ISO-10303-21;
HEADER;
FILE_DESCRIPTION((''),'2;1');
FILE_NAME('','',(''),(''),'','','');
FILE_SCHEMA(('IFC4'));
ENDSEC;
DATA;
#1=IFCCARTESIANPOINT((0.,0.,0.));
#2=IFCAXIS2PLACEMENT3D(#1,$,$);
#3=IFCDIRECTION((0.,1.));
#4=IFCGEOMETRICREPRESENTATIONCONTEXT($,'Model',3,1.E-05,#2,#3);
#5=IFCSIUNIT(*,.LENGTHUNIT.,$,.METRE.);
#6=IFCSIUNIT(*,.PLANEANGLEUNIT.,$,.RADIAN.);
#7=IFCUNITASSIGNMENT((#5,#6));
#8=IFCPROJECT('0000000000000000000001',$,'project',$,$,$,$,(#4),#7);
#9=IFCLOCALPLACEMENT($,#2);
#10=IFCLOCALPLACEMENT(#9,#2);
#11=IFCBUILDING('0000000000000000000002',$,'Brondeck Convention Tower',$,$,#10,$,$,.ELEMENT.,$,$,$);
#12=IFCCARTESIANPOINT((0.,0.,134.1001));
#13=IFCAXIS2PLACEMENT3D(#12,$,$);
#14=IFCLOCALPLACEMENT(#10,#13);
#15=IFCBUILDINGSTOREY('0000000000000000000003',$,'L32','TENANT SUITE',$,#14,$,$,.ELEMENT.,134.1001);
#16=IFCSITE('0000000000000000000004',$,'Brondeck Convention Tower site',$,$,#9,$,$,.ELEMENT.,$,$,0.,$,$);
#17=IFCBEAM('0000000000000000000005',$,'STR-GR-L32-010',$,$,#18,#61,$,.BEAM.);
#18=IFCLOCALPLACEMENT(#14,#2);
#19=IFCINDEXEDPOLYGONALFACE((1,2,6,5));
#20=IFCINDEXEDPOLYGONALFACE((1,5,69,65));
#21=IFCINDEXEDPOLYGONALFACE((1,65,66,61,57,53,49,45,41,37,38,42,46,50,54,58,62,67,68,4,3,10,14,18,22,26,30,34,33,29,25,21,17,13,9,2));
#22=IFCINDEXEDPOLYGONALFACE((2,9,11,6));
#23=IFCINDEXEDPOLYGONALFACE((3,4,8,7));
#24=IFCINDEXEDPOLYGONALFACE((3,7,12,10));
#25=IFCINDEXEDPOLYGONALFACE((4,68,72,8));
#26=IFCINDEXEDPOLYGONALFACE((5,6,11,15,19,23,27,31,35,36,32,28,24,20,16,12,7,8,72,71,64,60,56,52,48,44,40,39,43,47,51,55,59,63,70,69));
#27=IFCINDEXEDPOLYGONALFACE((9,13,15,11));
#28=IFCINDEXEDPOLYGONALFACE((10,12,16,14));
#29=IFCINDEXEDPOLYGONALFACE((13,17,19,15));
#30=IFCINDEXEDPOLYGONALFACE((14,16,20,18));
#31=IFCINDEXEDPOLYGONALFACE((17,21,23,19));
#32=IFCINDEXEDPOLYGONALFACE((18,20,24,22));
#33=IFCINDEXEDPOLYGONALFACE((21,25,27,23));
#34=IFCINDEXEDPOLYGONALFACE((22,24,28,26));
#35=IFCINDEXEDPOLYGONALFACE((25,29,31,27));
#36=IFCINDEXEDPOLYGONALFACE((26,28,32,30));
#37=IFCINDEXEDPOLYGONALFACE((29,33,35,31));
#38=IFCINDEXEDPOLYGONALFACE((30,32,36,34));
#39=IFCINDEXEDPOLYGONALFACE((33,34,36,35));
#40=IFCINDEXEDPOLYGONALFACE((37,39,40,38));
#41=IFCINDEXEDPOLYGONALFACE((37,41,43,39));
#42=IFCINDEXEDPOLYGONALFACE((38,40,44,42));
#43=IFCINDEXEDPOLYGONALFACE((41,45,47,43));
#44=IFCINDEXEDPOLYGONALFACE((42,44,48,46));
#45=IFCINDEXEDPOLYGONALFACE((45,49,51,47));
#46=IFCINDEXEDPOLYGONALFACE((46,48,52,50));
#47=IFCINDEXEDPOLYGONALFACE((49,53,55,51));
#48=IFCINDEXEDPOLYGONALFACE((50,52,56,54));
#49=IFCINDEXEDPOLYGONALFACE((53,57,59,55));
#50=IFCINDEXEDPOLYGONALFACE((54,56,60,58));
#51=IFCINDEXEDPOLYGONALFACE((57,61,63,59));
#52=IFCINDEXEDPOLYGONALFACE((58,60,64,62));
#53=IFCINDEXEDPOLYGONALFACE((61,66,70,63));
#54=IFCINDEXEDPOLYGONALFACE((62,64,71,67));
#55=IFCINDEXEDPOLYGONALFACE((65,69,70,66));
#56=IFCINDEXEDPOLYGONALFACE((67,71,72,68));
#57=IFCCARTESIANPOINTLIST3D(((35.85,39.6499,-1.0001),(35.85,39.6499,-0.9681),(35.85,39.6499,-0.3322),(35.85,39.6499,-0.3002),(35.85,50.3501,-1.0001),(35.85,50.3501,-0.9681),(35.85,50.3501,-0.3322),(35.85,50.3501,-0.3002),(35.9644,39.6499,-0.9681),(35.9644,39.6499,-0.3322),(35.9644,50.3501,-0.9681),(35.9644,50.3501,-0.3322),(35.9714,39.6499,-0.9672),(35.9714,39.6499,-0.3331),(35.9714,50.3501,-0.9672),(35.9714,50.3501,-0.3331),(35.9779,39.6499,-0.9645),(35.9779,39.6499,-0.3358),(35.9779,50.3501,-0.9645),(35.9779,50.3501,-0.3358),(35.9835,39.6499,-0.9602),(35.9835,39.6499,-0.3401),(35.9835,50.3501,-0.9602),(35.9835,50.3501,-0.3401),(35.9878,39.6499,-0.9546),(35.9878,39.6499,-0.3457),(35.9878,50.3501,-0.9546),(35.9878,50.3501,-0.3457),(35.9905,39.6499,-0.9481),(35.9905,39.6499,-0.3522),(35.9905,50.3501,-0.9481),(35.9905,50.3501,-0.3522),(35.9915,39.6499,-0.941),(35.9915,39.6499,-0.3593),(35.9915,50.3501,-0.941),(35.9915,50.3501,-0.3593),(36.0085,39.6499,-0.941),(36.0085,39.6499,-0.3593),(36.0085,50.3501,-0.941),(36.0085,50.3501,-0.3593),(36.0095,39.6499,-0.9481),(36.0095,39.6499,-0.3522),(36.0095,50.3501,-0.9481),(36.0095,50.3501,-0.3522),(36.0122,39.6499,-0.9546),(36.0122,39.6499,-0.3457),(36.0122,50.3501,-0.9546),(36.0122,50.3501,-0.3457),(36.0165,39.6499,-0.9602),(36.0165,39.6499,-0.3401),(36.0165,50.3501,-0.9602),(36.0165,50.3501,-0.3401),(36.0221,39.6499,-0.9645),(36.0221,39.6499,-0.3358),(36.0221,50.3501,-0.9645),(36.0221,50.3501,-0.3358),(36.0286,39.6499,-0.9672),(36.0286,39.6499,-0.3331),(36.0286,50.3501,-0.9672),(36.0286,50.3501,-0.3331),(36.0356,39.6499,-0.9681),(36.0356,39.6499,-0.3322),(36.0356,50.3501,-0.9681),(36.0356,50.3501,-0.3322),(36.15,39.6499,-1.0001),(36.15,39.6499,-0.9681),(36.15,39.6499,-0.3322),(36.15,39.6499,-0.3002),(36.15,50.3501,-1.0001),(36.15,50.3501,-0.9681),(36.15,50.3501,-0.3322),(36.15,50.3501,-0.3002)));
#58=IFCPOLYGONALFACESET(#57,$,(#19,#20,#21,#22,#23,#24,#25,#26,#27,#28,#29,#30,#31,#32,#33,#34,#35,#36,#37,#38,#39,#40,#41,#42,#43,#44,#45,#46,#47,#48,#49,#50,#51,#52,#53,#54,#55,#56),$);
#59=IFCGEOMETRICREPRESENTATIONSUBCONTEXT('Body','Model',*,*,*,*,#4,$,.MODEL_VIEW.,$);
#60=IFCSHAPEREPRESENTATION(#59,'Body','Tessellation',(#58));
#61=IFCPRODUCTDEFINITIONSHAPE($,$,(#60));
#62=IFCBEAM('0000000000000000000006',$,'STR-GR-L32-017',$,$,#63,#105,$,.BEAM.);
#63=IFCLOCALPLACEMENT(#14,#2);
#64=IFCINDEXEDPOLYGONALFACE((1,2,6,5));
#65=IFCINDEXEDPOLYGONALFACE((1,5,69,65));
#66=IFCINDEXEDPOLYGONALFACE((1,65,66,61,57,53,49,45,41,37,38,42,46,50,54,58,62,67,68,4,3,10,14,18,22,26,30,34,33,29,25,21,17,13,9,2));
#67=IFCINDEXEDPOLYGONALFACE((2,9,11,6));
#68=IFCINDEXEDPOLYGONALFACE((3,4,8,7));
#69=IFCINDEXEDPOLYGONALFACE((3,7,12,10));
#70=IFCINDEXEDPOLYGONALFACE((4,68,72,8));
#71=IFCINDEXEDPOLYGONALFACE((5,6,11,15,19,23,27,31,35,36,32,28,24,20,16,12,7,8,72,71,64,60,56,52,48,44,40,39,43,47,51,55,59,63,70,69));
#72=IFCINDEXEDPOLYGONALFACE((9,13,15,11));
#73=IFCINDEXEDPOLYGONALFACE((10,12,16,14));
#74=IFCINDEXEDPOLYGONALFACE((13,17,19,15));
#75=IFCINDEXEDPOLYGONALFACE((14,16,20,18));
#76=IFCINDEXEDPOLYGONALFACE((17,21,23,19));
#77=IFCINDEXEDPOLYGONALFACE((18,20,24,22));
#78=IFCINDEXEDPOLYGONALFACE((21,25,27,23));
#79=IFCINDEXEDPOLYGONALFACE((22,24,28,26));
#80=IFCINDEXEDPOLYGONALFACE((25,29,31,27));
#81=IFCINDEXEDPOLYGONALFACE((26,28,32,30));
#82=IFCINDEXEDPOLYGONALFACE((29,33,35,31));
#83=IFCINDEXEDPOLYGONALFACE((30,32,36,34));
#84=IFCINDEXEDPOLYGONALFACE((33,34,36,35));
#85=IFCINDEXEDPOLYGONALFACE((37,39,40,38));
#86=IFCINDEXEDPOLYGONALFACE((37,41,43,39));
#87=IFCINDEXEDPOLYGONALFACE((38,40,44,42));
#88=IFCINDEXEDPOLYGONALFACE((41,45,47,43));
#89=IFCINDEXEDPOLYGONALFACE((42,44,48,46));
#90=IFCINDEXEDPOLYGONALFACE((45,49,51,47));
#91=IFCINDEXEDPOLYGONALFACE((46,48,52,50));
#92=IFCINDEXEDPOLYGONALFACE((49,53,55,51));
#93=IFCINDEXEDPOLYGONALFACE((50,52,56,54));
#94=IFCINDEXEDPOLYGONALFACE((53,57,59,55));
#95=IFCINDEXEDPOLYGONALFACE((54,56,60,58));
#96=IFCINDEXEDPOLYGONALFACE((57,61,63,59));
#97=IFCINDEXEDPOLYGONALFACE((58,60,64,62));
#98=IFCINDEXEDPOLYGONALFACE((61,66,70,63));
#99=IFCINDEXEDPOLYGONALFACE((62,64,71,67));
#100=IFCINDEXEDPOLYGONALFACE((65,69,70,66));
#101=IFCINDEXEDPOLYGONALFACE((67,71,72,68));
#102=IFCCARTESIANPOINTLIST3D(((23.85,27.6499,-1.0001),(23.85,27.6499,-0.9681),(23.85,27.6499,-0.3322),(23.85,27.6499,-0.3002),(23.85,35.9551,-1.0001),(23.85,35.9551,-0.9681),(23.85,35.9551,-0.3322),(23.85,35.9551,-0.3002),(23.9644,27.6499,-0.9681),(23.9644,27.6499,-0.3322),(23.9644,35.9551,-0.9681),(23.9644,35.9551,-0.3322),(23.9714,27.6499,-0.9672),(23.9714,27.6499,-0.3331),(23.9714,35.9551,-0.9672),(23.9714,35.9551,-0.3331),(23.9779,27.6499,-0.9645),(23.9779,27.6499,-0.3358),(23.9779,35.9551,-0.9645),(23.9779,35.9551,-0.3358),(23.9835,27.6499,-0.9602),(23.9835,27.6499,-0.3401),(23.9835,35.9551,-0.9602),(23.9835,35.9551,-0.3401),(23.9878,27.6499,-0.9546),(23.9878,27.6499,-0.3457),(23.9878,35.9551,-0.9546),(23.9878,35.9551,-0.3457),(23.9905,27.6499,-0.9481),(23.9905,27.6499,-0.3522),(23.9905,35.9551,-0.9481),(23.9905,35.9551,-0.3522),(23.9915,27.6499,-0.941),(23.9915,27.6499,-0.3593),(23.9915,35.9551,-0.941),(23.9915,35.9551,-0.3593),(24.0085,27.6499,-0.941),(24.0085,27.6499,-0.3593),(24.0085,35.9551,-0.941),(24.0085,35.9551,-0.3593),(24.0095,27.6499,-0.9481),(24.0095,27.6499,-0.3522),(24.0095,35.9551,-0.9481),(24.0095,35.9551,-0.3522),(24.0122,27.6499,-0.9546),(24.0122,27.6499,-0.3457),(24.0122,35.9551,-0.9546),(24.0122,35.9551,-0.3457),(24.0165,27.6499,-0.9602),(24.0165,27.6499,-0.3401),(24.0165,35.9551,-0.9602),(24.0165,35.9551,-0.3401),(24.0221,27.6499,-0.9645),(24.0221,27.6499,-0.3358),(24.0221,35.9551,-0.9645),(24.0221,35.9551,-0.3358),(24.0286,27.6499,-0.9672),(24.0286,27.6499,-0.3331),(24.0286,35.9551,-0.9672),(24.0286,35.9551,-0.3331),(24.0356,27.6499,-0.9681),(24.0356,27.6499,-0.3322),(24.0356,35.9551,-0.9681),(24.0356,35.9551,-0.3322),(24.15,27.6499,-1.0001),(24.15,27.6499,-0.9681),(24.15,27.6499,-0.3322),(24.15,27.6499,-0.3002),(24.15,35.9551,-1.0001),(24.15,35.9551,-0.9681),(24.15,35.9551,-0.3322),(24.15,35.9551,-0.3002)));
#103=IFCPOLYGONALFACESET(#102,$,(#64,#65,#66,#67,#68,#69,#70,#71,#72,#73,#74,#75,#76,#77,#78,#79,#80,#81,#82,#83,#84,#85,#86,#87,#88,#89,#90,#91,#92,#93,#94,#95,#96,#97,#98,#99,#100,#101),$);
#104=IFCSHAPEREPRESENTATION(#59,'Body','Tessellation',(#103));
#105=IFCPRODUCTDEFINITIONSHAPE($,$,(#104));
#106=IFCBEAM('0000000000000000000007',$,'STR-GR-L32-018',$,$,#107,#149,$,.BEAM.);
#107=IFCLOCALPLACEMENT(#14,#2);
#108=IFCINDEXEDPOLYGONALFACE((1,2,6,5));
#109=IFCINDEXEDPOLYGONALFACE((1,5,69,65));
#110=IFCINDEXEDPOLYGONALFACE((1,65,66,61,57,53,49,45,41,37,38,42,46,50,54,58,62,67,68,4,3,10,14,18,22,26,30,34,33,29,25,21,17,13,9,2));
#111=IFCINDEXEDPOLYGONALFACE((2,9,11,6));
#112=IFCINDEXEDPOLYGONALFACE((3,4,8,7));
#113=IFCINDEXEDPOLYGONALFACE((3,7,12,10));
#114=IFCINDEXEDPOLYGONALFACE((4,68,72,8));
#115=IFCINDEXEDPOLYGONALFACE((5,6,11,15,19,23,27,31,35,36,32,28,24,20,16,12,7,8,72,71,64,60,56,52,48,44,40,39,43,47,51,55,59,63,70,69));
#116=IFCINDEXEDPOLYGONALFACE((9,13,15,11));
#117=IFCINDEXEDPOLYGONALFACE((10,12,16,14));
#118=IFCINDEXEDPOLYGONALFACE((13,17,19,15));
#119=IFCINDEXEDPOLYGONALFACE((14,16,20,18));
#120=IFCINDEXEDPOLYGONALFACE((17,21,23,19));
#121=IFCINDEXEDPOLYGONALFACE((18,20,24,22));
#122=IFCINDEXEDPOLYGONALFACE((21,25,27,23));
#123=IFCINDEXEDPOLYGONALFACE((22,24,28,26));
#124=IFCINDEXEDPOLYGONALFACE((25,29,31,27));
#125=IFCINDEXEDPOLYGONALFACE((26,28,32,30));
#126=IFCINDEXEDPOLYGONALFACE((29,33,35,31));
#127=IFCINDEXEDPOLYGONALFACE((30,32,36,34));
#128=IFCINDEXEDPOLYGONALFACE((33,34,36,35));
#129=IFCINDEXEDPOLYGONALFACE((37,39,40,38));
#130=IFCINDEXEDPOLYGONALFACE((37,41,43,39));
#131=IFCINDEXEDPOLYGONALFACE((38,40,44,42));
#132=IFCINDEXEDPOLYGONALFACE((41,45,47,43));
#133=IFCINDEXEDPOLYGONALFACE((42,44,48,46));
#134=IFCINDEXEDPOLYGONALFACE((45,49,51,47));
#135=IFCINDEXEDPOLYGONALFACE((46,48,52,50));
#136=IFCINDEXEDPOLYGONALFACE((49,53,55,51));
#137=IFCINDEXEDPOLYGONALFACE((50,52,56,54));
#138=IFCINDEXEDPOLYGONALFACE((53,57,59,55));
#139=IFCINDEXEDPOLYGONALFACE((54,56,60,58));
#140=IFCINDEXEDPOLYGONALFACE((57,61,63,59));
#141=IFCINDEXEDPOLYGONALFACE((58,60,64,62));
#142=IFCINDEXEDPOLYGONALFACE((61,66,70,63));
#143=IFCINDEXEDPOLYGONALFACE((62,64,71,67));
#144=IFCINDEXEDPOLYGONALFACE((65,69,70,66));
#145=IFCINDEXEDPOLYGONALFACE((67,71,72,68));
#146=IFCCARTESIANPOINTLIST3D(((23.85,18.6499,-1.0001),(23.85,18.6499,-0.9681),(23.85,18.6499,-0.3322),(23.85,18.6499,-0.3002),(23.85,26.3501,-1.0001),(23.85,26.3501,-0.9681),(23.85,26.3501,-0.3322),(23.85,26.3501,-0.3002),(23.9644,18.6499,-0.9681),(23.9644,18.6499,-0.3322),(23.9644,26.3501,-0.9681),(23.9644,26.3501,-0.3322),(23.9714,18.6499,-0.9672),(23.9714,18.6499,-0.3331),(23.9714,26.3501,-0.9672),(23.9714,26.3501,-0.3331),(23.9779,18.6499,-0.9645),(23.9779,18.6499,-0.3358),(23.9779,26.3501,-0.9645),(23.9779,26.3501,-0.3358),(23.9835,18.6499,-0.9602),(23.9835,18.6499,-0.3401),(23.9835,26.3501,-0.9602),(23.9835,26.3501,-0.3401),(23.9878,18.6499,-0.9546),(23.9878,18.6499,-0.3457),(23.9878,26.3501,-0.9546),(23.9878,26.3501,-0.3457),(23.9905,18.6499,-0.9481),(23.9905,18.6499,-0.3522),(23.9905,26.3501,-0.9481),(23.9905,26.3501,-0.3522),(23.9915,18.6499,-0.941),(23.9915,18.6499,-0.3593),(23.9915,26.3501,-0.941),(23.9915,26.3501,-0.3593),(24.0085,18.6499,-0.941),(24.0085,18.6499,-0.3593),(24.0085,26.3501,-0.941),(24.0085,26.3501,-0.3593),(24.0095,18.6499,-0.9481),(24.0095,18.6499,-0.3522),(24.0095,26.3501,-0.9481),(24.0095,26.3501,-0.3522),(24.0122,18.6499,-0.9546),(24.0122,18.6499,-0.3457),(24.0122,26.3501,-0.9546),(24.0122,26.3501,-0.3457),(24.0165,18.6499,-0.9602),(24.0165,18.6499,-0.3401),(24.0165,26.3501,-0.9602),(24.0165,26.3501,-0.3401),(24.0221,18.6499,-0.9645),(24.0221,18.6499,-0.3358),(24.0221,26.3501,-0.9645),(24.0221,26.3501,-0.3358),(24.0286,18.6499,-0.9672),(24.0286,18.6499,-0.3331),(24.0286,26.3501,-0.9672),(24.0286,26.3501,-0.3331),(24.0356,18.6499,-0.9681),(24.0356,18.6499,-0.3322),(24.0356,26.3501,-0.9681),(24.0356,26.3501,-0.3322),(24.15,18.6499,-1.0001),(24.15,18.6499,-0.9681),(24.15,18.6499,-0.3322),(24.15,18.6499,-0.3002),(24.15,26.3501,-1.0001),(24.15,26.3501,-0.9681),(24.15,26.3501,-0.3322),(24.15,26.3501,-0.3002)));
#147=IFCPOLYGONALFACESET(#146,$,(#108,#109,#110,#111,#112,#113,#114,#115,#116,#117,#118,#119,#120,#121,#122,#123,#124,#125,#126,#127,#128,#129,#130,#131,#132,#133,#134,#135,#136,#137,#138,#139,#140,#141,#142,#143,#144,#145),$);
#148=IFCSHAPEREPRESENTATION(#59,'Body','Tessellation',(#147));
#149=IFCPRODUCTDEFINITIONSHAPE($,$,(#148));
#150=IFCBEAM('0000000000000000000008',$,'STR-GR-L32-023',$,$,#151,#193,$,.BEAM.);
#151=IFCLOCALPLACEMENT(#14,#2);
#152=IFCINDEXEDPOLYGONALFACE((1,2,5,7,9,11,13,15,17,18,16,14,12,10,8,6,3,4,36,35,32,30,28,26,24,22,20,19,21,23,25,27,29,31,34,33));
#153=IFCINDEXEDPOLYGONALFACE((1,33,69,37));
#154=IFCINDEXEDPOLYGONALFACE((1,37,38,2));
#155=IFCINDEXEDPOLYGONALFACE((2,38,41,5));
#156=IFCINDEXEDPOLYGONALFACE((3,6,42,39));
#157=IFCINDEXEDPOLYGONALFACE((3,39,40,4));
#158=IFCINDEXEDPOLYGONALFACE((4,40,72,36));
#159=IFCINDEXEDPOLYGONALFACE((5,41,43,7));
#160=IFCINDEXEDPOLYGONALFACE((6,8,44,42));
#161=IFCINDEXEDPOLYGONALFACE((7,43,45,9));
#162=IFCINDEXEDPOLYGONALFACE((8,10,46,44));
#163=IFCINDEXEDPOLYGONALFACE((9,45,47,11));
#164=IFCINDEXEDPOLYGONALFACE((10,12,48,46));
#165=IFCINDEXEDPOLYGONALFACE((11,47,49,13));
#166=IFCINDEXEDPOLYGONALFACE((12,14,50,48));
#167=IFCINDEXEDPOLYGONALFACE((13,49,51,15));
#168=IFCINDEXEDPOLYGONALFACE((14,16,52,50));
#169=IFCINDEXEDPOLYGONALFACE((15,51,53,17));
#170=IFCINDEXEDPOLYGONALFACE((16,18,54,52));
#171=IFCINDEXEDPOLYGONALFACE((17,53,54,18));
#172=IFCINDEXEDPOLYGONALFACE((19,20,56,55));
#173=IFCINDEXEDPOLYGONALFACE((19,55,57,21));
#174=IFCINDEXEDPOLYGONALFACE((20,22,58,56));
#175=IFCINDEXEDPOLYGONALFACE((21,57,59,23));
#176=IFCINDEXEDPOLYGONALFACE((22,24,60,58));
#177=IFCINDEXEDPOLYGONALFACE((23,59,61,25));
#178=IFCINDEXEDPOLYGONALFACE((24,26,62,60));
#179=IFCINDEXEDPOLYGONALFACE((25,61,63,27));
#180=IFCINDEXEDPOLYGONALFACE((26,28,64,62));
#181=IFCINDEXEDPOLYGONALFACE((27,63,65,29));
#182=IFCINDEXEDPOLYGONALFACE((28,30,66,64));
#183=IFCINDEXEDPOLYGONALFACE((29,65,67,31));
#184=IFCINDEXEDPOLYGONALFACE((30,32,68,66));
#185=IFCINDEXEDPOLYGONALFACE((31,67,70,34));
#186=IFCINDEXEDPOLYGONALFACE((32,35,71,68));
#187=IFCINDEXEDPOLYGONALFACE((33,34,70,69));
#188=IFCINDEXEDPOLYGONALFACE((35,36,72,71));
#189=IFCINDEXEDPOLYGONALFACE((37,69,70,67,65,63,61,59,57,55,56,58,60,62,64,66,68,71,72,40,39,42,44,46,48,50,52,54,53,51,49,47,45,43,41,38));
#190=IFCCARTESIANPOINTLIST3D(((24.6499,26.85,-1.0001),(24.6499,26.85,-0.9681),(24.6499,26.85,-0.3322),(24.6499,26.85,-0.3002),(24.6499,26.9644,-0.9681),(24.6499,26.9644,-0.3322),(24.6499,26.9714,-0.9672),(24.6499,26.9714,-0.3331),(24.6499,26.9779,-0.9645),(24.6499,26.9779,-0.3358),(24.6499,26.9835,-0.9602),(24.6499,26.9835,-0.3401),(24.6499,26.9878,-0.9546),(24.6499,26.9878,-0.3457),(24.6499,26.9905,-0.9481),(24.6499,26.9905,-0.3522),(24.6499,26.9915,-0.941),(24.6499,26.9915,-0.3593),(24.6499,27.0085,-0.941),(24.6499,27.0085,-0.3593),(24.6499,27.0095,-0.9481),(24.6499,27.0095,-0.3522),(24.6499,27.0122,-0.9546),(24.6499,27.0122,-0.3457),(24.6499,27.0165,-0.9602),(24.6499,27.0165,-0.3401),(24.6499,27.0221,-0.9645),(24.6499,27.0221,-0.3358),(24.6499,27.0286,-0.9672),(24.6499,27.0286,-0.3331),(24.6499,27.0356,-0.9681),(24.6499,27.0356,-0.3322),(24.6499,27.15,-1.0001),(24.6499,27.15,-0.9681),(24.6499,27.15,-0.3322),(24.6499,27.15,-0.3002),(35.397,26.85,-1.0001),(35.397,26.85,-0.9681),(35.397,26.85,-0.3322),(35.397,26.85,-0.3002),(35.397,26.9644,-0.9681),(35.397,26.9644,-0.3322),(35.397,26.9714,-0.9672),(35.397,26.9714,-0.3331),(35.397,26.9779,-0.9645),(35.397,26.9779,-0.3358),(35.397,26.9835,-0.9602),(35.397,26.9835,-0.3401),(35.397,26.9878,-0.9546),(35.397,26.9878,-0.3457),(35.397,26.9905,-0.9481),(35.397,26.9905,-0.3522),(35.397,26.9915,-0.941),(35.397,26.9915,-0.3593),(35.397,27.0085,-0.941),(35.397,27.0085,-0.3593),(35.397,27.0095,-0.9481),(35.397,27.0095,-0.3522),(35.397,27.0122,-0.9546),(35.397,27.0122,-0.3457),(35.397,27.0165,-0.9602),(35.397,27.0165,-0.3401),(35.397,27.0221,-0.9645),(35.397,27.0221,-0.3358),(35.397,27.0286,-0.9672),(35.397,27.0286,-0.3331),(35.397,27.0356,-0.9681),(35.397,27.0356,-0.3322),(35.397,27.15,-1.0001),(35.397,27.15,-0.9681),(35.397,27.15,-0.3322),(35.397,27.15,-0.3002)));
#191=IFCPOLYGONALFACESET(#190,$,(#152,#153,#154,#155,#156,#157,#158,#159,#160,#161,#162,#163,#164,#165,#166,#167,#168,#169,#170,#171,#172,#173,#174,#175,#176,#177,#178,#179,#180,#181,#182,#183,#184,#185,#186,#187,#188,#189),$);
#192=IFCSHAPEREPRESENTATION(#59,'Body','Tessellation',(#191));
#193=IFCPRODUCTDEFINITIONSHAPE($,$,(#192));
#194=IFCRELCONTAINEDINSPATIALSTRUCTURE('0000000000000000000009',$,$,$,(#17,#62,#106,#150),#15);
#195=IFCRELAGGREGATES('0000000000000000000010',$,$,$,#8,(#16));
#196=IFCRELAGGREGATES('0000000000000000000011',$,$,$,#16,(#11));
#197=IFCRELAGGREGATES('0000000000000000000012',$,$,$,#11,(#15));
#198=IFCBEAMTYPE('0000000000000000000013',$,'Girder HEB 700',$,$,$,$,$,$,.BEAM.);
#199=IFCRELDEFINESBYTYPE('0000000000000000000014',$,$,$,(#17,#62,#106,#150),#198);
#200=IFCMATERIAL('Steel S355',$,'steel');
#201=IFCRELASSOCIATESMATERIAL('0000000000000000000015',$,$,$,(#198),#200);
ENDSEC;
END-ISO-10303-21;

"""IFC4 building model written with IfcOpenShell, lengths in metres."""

from ifc_helpers import new_model, si_unit, direction, frame, origin, origin_2d, place, context, subcontext, project, spatial, i_section, extrude, material, material_profile, profile_set, type_object, element, save


model = new_model("IFC4")

# Units and contexts
model_context = context("Model", 3, precision=1e-05, world=origin(), true_north=direction((0.0, 1.0)))
body_context = subcontext(model_context, "Body", "Model", "MODEL_VIEW")
ifc_project = project(units=[si_unit("LENGTHUNIT", "METRE"), si_unit("PLANEANGLEUNIT", "RADIAN")], contexts=[model_context])

# Site, building, storey
site_placement = place(None, origin())
site = spatial("IfcSite", under=ifc_project, at=site_placement, Name="Brondeck Convention Tower site", CompositionType="ELEMENT", RefElevation=0.0)
building_placement = place(site_placement, origin())
building = spatial("IfcBuilding", under=site, at=building_placement, Name="Brondeck Convention Tower", CompositionType="ELEMENT")
storey_placement = place(building_placement, frame((0.0, 0.0, 134.1001)))
storey = spatial("IfcBuildingStorey", under=building, at=storey_placement, Name="L32", Description="TENANT SUITE", CompositionType="ELEMENT", Elevation=134.1001)

# Beams
ifc_material_1 = material(Name="Steel S355", Category="steel")
ifc_material_profile_1 = material_profile(ifc_material_1, i_section(OverallWidth=0.3, OverallDepth=0.7, WebThickness=0.0171, FlangeThickness=0.032, FilletRadius=0.0271, at=origin_2d()), Name="HEB 700")
ifc_profile_set_1 = profile_set([ifc_material_profile_1], Name="Steel S355")
beam_type_1 = type_object("IfcBeamType", Name="Girder HEB 700", PredefinedType="BEAM", material=ifc_profile_set_1)
beam_1_placement = place(storey_placement, frame((36.0, 39.6499, -0.6501), z_axis=(0.0, 1.0, 0.0), x_axis=(-1.0, 0.0, 0.0)))
element("IfcBeam", 1, at=beam_1_placement, inside=storey, type_object=beam_type_1, Name="STR-GR-L32-010", PredefinedType="BEAM", context=body_context, shape_type="SweptSolid", body=[
    extrude(i_section(OverallWidth=0.3, OverallDepth=0.7, WebThickness=0.0171, FlangeThickness=0.032, FilletRadius=0.0271, at=origin_2d()), origin(), (0.0, 0.0, 1.0), 10.7002),
])
beam_2_placement = place(storey_placement, frame((24.0, 35.9551, -0.6501), z_axis=(0.0, -1.0, 0.0), x_axis=(1.0, 0.0, 0.0)))
element("IfcBeam", 2, at=beam_2_placement, inside=storey, type_object=beam_type_1, Name="STR-GR-L32-017", PredefinedType="BEAM", context=body_context, shape_type="SweptSolid", body=[
    extrude(i_section(OverallWidth=0.3, OverallDepth=0.7, WebThickness=0.0171, FlangeThickness=0.032, FilletRadius=0.0271, at=origin_2d()), origin(), (0.0, 0.0, 1.0), 8.3052),
])
beam_3_placement = place(storey_placement, frame((24.0, 26.3501, -0.6501), z_axis=(0.0, -1.0, 0.0), x_axis=(1.0, 0.0, 0.0)))
element("IfcBeam", 3, at=beam_3_placement, inside=storey, type_object=beam_type_1, Name="STR-GR-L32-018", PredefinedType="BEAM", context=body_context, shape_type="SweptSolid", body=[
    extrude(i_section(OverallWidth=0.3, OverallDepth=0.7, WebThickness=0.0171, FlangeThickness=0.032, FilletRadius=0.0271, at=origin_2d()), origin(), (0.0, 0.0, 1.0), 7.7002),
])
beam_4_placement = place(storey_placement, frame((24.6499, 27.0, -0.6501), z_axis=(1.0, 0.0, 0.0), x_axis=(0.0, 1.0, 0.0)))
element("IfcBeam", 4, at=beam_4_placement, inside=storey, type_object=beam_type_1, Name="STR-GR-L32-023", PredefinedType="BEAM", context=body_context, shape_type="SweptSolid", body=[
    extrude(i_section(OverallWidth=0.3, OverallDepth=0.7, WebThickness=0.0171, FlangeThickness=0.032, FilletRadius=0.0271, at=origin_2d()), origin(), (0.0, 0.0, 1.0), 10.7471),
])

save(model, "model.ifc")
